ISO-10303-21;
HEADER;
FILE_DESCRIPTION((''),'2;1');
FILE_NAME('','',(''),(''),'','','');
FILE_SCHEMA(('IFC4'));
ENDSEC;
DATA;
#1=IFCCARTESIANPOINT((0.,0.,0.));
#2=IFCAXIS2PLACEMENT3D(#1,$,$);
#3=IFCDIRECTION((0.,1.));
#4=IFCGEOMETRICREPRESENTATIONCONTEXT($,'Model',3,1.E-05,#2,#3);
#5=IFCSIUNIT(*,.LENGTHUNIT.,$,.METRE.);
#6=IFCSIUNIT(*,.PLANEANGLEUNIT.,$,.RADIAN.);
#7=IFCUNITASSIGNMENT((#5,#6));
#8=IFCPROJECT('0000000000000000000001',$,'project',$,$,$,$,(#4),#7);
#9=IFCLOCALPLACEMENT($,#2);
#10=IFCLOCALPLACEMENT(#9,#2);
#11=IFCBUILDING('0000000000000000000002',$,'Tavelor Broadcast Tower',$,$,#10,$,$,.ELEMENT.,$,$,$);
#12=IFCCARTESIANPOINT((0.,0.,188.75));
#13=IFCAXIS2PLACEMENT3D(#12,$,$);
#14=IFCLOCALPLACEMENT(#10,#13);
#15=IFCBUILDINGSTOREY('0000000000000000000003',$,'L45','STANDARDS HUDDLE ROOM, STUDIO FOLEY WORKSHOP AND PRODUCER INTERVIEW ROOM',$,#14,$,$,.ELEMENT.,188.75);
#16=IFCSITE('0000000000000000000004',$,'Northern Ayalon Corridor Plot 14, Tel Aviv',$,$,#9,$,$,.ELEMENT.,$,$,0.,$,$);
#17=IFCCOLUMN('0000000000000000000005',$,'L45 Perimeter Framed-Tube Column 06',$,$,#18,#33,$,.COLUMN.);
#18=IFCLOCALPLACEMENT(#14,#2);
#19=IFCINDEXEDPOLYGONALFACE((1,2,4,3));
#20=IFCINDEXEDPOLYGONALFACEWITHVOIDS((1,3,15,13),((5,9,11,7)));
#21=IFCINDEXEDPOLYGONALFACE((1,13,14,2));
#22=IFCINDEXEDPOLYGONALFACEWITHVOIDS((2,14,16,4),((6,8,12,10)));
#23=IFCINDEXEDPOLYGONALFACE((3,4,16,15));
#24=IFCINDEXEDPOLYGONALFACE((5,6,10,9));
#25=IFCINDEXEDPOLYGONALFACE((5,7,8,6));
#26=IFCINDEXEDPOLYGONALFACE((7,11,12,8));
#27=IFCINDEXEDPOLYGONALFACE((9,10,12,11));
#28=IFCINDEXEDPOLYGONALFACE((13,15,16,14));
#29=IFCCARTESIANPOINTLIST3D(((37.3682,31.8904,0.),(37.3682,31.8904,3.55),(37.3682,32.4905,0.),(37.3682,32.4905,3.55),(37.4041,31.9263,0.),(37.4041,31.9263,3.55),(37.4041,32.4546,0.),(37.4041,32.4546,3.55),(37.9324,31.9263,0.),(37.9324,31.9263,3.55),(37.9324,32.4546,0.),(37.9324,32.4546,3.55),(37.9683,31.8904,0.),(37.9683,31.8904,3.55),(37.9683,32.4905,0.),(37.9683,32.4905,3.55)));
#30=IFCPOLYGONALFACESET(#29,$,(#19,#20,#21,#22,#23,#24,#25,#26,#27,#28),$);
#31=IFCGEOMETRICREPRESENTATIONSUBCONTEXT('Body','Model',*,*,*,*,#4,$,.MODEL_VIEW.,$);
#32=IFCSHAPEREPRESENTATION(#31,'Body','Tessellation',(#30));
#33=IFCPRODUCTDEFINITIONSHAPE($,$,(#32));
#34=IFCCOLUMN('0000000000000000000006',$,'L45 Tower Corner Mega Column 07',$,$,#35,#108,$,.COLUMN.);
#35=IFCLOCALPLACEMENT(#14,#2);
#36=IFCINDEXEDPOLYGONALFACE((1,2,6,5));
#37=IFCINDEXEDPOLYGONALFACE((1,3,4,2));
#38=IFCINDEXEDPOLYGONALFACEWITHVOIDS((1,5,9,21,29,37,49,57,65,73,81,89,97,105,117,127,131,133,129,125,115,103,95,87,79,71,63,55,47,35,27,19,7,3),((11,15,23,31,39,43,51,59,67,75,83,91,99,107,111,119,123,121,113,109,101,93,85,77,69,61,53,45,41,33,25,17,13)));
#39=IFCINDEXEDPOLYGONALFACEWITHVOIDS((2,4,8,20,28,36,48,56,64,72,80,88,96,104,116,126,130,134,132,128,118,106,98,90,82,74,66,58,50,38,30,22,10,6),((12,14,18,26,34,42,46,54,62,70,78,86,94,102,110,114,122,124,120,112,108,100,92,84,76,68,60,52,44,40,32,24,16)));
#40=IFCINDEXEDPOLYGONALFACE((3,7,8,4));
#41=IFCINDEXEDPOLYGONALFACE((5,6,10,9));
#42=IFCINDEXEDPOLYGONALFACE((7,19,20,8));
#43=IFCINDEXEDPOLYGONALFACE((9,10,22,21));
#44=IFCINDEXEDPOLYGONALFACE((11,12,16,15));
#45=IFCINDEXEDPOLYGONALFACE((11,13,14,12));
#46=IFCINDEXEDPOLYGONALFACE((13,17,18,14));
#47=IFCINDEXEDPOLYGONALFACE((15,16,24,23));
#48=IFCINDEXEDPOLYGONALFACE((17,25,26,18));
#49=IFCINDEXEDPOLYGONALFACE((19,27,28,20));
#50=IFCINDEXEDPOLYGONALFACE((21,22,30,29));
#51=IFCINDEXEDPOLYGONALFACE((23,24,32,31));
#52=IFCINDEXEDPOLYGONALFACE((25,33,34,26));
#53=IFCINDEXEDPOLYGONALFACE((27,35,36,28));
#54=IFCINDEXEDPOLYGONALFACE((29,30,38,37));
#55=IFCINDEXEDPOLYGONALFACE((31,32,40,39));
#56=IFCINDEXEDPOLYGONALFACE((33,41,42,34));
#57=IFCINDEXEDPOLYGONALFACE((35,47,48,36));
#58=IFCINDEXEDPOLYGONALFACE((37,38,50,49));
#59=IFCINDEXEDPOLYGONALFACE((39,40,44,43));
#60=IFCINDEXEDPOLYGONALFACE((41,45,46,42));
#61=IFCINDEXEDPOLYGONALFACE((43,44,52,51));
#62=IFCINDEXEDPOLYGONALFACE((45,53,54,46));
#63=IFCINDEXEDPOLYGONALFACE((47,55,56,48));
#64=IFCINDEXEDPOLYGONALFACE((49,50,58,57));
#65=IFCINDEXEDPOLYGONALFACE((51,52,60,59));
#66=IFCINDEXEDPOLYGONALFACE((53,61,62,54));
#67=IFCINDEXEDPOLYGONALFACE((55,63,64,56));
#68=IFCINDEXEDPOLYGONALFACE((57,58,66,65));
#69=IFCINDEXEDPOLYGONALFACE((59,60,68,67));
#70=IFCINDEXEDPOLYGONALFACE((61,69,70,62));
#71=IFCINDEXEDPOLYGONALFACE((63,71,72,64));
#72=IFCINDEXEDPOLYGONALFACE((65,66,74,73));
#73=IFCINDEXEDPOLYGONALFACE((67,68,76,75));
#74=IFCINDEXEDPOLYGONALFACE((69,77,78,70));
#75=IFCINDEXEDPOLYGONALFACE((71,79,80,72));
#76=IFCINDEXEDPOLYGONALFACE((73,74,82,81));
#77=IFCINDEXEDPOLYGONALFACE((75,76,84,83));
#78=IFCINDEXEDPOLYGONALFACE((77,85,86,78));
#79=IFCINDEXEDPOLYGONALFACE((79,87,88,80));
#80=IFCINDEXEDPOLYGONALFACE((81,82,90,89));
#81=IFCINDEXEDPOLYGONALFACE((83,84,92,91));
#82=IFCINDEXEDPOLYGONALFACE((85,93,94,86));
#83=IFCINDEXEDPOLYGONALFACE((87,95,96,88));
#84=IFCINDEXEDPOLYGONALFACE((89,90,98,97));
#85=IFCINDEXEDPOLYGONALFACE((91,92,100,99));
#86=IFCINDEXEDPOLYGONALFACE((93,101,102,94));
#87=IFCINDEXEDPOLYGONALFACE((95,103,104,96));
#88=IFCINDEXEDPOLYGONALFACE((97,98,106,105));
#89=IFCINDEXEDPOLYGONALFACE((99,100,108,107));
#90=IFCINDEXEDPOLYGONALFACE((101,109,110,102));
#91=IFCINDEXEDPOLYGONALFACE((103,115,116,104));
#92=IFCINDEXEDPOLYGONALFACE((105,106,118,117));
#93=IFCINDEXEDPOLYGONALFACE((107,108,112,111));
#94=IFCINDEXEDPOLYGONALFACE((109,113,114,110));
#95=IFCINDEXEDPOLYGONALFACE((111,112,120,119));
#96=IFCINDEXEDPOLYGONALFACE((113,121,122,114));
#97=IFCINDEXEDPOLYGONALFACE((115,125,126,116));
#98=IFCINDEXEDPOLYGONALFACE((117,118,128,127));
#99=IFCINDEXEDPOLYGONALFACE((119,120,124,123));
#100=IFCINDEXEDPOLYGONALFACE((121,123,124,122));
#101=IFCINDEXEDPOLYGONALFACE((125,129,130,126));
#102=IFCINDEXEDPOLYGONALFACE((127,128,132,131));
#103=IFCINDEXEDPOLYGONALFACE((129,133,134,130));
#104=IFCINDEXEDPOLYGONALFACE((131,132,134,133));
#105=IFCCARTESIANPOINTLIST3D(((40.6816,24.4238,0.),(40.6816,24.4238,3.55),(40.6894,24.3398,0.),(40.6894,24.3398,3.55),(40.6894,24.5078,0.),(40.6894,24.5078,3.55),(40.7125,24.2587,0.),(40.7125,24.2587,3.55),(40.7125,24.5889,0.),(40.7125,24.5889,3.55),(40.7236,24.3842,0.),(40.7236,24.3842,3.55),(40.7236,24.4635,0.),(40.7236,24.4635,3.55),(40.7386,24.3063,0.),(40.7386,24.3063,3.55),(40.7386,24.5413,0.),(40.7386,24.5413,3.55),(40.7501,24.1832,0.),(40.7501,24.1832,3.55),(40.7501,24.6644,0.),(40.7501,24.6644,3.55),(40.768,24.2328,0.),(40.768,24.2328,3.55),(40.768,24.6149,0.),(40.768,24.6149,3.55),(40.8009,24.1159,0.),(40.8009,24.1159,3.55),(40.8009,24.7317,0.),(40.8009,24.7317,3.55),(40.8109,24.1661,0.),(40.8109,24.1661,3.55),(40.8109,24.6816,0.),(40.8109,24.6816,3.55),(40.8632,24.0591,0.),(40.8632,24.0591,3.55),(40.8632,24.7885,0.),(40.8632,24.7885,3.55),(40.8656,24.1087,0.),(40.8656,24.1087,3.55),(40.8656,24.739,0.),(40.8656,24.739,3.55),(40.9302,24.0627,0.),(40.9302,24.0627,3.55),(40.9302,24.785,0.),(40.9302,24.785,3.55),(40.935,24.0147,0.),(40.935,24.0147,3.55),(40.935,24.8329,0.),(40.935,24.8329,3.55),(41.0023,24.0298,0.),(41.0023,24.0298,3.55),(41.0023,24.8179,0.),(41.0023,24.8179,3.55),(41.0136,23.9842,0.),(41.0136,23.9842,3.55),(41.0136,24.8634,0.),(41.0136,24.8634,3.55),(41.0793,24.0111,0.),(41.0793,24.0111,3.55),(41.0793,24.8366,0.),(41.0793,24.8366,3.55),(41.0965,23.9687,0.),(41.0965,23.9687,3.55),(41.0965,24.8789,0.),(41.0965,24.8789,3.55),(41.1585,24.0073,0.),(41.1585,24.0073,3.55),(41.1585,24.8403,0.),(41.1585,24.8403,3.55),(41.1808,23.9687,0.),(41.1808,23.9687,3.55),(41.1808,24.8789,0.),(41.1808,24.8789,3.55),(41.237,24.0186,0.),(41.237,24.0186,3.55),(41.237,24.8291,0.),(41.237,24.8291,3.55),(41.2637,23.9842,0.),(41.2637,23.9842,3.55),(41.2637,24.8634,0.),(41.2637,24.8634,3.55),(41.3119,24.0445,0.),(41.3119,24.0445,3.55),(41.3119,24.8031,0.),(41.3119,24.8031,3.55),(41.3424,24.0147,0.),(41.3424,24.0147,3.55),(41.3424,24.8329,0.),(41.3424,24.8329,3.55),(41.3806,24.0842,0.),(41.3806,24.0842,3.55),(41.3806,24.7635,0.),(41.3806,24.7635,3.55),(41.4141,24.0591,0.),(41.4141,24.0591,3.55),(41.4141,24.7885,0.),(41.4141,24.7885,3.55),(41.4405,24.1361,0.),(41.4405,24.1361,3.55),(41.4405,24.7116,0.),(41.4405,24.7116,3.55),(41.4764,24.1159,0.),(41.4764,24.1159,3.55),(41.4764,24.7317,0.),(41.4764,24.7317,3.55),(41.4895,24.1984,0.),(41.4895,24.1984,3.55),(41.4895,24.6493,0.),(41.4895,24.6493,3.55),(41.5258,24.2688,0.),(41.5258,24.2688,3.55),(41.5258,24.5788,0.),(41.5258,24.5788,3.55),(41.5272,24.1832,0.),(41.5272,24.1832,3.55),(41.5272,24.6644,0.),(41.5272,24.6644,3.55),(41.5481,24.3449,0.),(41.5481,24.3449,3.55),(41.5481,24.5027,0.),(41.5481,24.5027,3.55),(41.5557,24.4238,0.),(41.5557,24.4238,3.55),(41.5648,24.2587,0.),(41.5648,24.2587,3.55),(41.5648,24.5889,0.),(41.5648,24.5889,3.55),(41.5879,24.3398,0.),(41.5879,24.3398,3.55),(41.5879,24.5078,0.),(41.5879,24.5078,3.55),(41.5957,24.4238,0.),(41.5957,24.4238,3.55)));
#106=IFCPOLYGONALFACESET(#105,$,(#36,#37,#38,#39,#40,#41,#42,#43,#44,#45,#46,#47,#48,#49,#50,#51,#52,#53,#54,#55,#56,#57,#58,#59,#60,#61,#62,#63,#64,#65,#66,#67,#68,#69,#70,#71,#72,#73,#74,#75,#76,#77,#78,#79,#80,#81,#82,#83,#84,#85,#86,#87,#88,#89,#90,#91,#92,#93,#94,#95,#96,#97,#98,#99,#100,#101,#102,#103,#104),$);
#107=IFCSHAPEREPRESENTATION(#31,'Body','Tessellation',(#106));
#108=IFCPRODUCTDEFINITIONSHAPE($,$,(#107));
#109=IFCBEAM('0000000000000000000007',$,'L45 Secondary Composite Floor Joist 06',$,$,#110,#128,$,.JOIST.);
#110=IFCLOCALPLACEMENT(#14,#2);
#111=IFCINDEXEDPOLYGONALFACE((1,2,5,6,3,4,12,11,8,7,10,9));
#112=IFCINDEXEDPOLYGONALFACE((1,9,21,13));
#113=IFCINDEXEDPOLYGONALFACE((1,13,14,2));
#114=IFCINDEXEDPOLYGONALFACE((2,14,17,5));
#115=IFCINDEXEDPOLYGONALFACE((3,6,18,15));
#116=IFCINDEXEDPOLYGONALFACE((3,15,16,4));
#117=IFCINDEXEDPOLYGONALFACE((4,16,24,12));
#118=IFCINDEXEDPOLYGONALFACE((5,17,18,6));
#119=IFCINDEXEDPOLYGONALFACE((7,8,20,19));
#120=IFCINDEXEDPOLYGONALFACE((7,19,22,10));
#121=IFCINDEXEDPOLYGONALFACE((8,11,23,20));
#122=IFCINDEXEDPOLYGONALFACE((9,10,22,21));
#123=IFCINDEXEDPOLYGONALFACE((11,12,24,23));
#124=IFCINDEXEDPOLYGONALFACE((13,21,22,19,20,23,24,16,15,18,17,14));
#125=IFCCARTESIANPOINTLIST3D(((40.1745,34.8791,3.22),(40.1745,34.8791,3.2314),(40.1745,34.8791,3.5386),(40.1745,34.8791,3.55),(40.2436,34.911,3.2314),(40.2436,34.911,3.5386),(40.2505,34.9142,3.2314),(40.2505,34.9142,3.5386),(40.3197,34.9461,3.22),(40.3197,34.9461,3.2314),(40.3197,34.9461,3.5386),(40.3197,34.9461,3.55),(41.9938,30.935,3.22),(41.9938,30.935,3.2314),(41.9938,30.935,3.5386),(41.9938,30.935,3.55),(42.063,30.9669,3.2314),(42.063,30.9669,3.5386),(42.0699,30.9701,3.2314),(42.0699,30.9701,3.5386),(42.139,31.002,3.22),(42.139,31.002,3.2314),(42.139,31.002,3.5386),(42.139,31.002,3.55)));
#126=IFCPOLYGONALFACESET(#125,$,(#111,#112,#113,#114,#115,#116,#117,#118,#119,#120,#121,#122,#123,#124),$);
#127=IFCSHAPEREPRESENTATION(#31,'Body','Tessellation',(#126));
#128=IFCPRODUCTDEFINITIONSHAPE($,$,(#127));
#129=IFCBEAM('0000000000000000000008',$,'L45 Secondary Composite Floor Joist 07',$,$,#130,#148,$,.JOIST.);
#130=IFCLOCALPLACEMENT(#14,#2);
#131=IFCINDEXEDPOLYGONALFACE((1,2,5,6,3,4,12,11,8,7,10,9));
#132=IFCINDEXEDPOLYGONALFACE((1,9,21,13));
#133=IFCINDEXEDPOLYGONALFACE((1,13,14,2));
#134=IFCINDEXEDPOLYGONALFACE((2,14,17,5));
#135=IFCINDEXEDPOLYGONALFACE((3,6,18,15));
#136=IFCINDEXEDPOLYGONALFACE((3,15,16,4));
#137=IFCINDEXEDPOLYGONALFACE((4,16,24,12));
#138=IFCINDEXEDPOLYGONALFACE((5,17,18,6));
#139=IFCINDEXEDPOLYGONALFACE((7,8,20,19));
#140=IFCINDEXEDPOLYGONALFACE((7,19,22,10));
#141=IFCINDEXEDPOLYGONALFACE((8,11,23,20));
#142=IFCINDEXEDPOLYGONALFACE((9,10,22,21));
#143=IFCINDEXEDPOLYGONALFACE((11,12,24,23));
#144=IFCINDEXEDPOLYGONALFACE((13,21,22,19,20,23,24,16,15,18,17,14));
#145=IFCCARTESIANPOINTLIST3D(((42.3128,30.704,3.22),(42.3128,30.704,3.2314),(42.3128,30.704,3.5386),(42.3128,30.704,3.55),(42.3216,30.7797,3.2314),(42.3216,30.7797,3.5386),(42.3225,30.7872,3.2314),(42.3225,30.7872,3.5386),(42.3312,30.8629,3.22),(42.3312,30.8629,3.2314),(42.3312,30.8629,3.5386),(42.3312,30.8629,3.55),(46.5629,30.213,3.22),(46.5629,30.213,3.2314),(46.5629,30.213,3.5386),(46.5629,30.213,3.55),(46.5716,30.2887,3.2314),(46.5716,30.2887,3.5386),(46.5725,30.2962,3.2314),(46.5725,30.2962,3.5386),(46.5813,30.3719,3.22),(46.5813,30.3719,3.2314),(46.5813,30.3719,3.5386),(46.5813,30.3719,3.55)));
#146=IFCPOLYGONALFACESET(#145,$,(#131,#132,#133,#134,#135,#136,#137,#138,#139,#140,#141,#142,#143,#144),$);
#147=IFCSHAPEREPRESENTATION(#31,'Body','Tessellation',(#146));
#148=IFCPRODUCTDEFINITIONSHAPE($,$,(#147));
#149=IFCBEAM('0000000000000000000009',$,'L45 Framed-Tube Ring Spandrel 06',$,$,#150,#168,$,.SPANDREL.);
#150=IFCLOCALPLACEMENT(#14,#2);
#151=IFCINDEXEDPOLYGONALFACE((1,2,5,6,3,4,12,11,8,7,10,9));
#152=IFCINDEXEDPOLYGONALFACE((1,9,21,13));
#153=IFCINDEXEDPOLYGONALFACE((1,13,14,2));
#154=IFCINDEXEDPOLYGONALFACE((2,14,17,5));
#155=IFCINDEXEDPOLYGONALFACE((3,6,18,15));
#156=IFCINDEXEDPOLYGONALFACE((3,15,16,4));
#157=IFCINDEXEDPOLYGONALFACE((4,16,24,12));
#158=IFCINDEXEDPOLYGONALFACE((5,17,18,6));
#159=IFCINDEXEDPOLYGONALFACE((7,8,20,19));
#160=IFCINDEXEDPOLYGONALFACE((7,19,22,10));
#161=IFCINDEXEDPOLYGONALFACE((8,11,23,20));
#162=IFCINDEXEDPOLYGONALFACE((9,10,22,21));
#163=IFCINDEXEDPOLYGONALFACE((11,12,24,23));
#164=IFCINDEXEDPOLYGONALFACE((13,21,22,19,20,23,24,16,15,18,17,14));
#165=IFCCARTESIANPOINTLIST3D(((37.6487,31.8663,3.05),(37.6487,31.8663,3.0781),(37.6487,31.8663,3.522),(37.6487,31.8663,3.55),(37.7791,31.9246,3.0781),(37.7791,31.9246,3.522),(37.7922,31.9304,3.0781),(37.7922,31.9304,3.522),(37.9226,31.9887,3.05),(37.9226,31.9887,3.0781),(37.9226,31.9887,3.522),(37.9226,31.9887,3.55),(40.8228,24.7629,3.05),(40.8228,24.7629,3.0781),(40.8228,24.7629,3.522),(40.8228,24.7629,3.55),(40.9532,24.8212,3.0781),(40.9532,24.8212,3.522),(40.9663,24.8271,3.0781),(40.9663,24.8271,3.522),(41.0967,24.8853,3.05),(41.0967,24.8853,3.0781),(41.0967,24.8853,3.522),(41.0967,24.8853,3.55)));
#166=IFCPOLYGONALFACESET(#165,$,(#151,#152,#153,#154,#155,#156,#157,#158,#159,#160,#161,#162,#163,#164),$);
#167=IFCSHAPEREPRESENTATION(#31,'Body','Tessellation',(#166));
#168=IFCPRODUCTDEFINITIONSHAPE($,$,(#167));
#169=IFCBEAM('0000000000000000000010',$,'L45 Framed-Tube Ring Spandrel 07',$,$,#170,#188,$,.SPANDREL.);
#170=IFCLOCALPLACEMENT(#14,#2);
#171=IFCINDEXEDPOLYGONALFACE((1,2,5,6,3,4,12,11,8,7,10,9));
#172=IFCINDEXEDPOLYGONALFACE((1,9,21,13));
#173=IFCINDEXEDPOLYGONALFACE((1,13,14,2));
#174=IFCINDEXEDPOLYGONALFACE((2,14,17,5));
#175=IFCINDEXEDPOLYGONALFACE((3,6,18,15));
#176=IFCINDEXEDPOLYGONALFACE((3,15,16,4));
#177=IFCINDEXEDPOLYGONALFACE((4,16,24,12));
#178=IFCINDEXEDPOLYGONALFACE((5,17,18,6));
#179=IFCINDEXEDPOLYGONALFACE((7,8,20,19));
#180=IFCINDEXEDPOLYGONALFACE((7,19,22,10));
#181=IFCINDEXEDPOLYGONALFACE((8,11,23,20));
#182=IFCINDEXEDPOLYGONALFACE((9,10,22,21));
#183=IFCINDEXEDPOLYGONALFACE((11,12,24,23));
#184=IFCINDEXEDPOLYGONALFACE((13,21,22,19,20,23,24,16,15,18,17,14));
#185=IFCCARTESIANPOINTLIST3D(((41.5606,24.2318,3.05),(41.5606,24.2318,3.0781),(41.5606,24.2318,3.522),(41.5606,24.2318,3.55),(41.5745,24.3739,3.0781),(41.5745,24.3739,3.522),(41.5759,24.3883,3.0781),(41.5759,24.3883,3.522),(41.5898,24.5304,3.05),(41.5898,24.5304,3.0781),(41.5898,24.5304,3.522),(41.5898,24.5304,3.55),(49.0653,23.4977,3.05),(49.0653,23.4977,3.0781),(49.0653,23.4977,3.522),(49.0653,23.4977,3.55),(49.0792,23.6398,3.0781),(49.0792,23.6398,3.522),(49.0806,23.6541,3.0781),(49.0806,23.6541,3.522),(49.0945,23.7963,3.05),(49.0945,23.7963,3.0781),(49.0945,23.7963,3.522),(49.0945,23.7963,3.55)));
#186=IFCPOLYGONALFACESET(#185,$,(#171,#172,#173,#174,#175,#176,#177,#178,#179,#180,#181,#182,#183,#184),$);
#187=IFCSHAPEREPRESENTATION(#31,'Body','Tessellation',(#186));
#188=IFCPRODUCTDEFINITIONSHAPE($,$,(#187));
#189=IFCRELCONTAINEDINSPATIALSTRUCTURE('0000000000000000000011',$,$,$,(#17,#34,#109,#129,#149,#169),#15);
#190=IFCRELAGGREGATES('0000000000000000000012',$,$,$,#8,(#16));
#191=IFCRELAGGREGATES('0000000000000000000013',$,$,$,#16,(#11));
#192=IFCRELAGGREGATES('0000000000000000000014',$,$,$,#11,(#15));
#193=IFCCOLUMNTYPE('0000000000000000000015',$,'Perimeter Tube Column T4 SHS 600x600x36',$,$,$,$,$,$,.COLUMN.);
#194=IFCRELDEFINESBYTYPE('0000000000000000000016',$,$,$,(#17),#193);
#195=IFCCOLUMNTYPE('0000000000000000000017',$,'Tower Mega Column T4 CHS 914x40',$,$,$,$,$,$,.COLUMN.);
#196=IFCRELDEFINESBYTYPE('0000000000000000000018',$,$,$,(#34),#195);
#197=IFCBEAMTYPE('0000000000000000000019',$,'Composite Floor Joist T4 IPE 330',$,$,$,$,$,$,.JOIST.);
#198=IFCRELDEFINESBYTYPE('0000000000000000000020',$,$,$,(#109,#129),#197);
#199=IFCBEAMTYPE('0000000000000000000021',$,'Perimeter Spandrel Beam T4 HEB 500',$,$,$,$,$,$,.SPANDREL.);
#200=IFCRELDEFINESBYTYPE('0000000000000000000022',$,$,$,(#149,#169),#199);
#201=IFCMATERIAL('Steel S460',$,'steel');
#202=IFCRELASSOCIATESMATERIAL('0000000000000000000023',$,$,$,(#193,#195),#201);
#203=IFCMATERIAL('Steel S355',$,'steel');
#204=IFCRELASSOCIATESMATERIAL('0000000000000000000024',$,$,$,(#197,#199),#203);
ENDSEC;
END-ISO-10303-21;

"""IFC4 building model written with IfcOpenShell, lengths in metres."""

from ifc_helpers import new_model, si_unit, direction, frame, origin, origin_2d, place, context, subcontext, project, spatial, hollow_rectangle, hollow_circle, i_section, extrude, material, material_profile, profile_set, type_object, element, save


model = new_model("IFC4")

# Units and contexts
model_context = context("Model", 3, precision=1e-05, world=origin(), true_north=direction((0.0, 1.0)))
body_context = subcontext(model_context, "Body", "Model", "MODEL_VIEW")
ifc_project = project(units=[si_unit("LENGTHUNIT", "METRE"), si_unit("PLANEANGLEUNIT", "RADIAN")], contexts=[model_context])

# Site, building, storey
site_placement = place(None, origin())
site = spatial("IfcSite", under=ifc_project, at=site_placement, Name="Northern Ayalon Corridor Plot 14, Tel Aviv", CompositionType="ELEMENT", RefElevation=0.0)
building_placement = place(site_placement, origin())
building = spatial("IfcBuilding", under=site, at=building_placement, Name="Tavelor Broadcast Tower", CompositionType="ELEMENT")
storey_placement = place(building_placement, frame((0.0, 0.0, 188.75)))
storey = spatial("IfcBuildingStorey", under=building, at=storey_placement, Name="L45", Description="STANDARDS HUDDLE ROOM, STUDIO FOLEY WORKSHOP AND PRODUCER INTERVIEW ROOM", CompositionType="ELEMENT", Elevation=188.75)

# Columns
ifc_material_1 = material(Name="Steel S460", Category="steel")
ifc_material_profile_1 = material_profile(ifc_material_1, hollow_rectangle(XDim=0.6001, YDim=0.6001, WallThickness=0.0359, at=origin_2d()), Name="SHS 600x600x36")
ifc_profile_set_1 = profile_set([ifc_material_profile_1], Name="Steel S460")
column_type_1 = type_object("IfcColumnType", Name="Perimeter Tube Column T4 SHS 600x600x36", PredefinedType="COLUMN", material=ifc_profile_set_1)
column_1_placement = place(storey_placement, frame((37.6682, 32.1904, 0.0), z_axis=(0.0, 0.0, 1.0), x_axis=(1.0, 0.0, 0.0)))
element("IfcColumn", 1, at=column_1_placement, inside=storey, type_object=column_type_1, Name="L45 Perimeter Framed-Tube Column 06", PredefinedType="COLUMN", context=body_context, shape_type="SweptSolid", body=[
    extrude(hollow_rectangle(XDim=0.6001, YDim=0.6001, WallThickness=0.0359, at=origin_2d()), origin(), (0.0, 0.0, 1.0), 3.55),
])
ifc_material_profile_2 = material_profile(ifc_material_1, hollow_circle(Radius=0.457, WallThickness=0.04, at=origin_2d()), Name="CHS 914x40")
ifc_profile_set_2 = profile_set([ifc_material_profile_2], Name="Steel S460")
column_type_2 = type_object("IfcColumnType", Name="Tower Mega Column T4 CHS 914x40", PredefinedType="COLUMN", material=ifc_profile_set_2)
column_2_placement = place(storey_placement, frame((41.1387, 24.4238, 0.0), z_axis=(0.0, 0.0, 1.0), x_axis=(1.0, 0.0, 0.0)))
element("IfcColumn", 2, at=column_2_placement, inside=storey, type_object=column_type_2, Name="L45 Tower Corner Mega Column 07", PredefinedType="COLUMN", context=body_context, shape_type="SweptSolid", body=[
    extrude(hollow_circle(Radius=0.457, WallThickness=0.04, at=origin_2d()), origin(), (0.0, 0.0, 1.0), 3.55),
])

# Beams
ifc_material_2 = material(Name="Steel S355", Category="steel")
ifc_material_profile_3 = material_profile(ifc_material_2, i_section(OverallWidth=0.1599, OverallDepth=0.3301, WebThickness=0.0076, FlangeThickness=0.0115, at=origin_2d()), Name="IPE 330")
ifc_profile_set_3 = profile_set([ifc_material_profile_3], Name="Steel S355")
beam_type_1 = type_object("IfcBeamType", Name="Composite Floor Joist T4 IPE 330", PredefinedType="JOIST", material=ifc_profile_set_3)
beam_1_placement = place(storey_placement, frame((40.2471, 34.9126, 3.385), z_axis=(0.418866, -0.908048, 0.0), x_axis=(0.908048, 0.418866, 0.0)))
element("IfcBeam", 3, at=beam_1_placement, inside=storey, type_object=beam_type_1, Name="L45 Secondary Composite Floor Joist 06", PredefinedType="JOIST", context=body_context, shape_type="SweptSolid", body=[
    extrude(i_section(OverallWidth=0.1599, OverallDepth=0.3301, WebThickness=0.0076, FlangeThickness=0.0115, at=origin_2d()), origin(), (0.0, 0.0, 1.0), 4.3435),
])
beam_2_placement = place(storey_placement, frame((42.322, 30.7834, 3.385), z_axis=(0.993393, -0.114758, 0.0), x_axis=(0.114758, 0.993393, 0.0)))
element("IfcBeam", 4, at=beam_2_placement, inside=storey, type_object=beam_type_1, Name="L45 Secondary Composite Floor Joist 07", PredefinedType="JOIST", context=body_context, shape_type="SweptSolid", body=[
    extrude(i_section(OverallWidth=0.1599, OverallDepth=0.3301, WebThickness=0.0076, FlangeThickness=0.0115, at=origin_2d()), origin(), (0.0, 0.0, 1.0), 4.2783),
])
ifc_material_profile_4 = material_profile(ifc_material_2, i_section(OverallWidth=0.3, OverallDepth=0.5, WebThickness=0.0144, FlangeThickness=0.0281, at=origin_2d()), Name="HEB 500")
ifc_profile_set_4 = profile_set([ifc_material_profile_4], Name="Steel S355")
beam_type_2 = type_object("IfcBeamType", Name="Perimeter Spandrel Beam T4 HEB 500", PredefinedType="SPANDREL", material=ifc_profile_set_4)
beam_3_placement = place(storey_placement, frame((37.7856, 31.9275, 3.3), z_axis=(0.407969, -0.912996, 0.0), x_axis=(0.912996, 0.407969, 0.0)))
element("IfcBeam", 5, at=beam_3_placement, inside=storey, type_object=beam_type_2, Name="L45 Framed-Tube Ring Spandrel 06", PredefinedType="SPANDREL", context=body_context, shape_type="SweptSolid", body=[
    extrude(i_section(OverallWidth=0.3, OverallDepth=0.5, WebThickness=0.0144, FlangeThickness=0.0281, at=origin_2d()), origin(), (0.0, 0.0, 1.0), 7.7803),
])
beam_4_placement = place(storey_placement, frame((41.5752, 24.3811, 3.3), z_axis=(0.995249, -0.097359, 0.0), x_axis=(0.097359, 0.995249, 0.0)))
element("IfcBeam", 6, at=beam_4_placement, inside=storey, type_object=beam_type_2, Name="L45 Framed-Tube Ring Spandrel 07", PredefinedType="SPANDREL", context=body_context, shape_type="SweptSolid", body=[
    extrude(i_section(OverallWidth=0.3, OverallDepth=0.5, WebThickness=0.0144, FlangeThickness=0.0281, at=origin_2d()), origin(), (0.0, 0.0, 1.0), 7.5405),
])

save(model, "model.ifc")
